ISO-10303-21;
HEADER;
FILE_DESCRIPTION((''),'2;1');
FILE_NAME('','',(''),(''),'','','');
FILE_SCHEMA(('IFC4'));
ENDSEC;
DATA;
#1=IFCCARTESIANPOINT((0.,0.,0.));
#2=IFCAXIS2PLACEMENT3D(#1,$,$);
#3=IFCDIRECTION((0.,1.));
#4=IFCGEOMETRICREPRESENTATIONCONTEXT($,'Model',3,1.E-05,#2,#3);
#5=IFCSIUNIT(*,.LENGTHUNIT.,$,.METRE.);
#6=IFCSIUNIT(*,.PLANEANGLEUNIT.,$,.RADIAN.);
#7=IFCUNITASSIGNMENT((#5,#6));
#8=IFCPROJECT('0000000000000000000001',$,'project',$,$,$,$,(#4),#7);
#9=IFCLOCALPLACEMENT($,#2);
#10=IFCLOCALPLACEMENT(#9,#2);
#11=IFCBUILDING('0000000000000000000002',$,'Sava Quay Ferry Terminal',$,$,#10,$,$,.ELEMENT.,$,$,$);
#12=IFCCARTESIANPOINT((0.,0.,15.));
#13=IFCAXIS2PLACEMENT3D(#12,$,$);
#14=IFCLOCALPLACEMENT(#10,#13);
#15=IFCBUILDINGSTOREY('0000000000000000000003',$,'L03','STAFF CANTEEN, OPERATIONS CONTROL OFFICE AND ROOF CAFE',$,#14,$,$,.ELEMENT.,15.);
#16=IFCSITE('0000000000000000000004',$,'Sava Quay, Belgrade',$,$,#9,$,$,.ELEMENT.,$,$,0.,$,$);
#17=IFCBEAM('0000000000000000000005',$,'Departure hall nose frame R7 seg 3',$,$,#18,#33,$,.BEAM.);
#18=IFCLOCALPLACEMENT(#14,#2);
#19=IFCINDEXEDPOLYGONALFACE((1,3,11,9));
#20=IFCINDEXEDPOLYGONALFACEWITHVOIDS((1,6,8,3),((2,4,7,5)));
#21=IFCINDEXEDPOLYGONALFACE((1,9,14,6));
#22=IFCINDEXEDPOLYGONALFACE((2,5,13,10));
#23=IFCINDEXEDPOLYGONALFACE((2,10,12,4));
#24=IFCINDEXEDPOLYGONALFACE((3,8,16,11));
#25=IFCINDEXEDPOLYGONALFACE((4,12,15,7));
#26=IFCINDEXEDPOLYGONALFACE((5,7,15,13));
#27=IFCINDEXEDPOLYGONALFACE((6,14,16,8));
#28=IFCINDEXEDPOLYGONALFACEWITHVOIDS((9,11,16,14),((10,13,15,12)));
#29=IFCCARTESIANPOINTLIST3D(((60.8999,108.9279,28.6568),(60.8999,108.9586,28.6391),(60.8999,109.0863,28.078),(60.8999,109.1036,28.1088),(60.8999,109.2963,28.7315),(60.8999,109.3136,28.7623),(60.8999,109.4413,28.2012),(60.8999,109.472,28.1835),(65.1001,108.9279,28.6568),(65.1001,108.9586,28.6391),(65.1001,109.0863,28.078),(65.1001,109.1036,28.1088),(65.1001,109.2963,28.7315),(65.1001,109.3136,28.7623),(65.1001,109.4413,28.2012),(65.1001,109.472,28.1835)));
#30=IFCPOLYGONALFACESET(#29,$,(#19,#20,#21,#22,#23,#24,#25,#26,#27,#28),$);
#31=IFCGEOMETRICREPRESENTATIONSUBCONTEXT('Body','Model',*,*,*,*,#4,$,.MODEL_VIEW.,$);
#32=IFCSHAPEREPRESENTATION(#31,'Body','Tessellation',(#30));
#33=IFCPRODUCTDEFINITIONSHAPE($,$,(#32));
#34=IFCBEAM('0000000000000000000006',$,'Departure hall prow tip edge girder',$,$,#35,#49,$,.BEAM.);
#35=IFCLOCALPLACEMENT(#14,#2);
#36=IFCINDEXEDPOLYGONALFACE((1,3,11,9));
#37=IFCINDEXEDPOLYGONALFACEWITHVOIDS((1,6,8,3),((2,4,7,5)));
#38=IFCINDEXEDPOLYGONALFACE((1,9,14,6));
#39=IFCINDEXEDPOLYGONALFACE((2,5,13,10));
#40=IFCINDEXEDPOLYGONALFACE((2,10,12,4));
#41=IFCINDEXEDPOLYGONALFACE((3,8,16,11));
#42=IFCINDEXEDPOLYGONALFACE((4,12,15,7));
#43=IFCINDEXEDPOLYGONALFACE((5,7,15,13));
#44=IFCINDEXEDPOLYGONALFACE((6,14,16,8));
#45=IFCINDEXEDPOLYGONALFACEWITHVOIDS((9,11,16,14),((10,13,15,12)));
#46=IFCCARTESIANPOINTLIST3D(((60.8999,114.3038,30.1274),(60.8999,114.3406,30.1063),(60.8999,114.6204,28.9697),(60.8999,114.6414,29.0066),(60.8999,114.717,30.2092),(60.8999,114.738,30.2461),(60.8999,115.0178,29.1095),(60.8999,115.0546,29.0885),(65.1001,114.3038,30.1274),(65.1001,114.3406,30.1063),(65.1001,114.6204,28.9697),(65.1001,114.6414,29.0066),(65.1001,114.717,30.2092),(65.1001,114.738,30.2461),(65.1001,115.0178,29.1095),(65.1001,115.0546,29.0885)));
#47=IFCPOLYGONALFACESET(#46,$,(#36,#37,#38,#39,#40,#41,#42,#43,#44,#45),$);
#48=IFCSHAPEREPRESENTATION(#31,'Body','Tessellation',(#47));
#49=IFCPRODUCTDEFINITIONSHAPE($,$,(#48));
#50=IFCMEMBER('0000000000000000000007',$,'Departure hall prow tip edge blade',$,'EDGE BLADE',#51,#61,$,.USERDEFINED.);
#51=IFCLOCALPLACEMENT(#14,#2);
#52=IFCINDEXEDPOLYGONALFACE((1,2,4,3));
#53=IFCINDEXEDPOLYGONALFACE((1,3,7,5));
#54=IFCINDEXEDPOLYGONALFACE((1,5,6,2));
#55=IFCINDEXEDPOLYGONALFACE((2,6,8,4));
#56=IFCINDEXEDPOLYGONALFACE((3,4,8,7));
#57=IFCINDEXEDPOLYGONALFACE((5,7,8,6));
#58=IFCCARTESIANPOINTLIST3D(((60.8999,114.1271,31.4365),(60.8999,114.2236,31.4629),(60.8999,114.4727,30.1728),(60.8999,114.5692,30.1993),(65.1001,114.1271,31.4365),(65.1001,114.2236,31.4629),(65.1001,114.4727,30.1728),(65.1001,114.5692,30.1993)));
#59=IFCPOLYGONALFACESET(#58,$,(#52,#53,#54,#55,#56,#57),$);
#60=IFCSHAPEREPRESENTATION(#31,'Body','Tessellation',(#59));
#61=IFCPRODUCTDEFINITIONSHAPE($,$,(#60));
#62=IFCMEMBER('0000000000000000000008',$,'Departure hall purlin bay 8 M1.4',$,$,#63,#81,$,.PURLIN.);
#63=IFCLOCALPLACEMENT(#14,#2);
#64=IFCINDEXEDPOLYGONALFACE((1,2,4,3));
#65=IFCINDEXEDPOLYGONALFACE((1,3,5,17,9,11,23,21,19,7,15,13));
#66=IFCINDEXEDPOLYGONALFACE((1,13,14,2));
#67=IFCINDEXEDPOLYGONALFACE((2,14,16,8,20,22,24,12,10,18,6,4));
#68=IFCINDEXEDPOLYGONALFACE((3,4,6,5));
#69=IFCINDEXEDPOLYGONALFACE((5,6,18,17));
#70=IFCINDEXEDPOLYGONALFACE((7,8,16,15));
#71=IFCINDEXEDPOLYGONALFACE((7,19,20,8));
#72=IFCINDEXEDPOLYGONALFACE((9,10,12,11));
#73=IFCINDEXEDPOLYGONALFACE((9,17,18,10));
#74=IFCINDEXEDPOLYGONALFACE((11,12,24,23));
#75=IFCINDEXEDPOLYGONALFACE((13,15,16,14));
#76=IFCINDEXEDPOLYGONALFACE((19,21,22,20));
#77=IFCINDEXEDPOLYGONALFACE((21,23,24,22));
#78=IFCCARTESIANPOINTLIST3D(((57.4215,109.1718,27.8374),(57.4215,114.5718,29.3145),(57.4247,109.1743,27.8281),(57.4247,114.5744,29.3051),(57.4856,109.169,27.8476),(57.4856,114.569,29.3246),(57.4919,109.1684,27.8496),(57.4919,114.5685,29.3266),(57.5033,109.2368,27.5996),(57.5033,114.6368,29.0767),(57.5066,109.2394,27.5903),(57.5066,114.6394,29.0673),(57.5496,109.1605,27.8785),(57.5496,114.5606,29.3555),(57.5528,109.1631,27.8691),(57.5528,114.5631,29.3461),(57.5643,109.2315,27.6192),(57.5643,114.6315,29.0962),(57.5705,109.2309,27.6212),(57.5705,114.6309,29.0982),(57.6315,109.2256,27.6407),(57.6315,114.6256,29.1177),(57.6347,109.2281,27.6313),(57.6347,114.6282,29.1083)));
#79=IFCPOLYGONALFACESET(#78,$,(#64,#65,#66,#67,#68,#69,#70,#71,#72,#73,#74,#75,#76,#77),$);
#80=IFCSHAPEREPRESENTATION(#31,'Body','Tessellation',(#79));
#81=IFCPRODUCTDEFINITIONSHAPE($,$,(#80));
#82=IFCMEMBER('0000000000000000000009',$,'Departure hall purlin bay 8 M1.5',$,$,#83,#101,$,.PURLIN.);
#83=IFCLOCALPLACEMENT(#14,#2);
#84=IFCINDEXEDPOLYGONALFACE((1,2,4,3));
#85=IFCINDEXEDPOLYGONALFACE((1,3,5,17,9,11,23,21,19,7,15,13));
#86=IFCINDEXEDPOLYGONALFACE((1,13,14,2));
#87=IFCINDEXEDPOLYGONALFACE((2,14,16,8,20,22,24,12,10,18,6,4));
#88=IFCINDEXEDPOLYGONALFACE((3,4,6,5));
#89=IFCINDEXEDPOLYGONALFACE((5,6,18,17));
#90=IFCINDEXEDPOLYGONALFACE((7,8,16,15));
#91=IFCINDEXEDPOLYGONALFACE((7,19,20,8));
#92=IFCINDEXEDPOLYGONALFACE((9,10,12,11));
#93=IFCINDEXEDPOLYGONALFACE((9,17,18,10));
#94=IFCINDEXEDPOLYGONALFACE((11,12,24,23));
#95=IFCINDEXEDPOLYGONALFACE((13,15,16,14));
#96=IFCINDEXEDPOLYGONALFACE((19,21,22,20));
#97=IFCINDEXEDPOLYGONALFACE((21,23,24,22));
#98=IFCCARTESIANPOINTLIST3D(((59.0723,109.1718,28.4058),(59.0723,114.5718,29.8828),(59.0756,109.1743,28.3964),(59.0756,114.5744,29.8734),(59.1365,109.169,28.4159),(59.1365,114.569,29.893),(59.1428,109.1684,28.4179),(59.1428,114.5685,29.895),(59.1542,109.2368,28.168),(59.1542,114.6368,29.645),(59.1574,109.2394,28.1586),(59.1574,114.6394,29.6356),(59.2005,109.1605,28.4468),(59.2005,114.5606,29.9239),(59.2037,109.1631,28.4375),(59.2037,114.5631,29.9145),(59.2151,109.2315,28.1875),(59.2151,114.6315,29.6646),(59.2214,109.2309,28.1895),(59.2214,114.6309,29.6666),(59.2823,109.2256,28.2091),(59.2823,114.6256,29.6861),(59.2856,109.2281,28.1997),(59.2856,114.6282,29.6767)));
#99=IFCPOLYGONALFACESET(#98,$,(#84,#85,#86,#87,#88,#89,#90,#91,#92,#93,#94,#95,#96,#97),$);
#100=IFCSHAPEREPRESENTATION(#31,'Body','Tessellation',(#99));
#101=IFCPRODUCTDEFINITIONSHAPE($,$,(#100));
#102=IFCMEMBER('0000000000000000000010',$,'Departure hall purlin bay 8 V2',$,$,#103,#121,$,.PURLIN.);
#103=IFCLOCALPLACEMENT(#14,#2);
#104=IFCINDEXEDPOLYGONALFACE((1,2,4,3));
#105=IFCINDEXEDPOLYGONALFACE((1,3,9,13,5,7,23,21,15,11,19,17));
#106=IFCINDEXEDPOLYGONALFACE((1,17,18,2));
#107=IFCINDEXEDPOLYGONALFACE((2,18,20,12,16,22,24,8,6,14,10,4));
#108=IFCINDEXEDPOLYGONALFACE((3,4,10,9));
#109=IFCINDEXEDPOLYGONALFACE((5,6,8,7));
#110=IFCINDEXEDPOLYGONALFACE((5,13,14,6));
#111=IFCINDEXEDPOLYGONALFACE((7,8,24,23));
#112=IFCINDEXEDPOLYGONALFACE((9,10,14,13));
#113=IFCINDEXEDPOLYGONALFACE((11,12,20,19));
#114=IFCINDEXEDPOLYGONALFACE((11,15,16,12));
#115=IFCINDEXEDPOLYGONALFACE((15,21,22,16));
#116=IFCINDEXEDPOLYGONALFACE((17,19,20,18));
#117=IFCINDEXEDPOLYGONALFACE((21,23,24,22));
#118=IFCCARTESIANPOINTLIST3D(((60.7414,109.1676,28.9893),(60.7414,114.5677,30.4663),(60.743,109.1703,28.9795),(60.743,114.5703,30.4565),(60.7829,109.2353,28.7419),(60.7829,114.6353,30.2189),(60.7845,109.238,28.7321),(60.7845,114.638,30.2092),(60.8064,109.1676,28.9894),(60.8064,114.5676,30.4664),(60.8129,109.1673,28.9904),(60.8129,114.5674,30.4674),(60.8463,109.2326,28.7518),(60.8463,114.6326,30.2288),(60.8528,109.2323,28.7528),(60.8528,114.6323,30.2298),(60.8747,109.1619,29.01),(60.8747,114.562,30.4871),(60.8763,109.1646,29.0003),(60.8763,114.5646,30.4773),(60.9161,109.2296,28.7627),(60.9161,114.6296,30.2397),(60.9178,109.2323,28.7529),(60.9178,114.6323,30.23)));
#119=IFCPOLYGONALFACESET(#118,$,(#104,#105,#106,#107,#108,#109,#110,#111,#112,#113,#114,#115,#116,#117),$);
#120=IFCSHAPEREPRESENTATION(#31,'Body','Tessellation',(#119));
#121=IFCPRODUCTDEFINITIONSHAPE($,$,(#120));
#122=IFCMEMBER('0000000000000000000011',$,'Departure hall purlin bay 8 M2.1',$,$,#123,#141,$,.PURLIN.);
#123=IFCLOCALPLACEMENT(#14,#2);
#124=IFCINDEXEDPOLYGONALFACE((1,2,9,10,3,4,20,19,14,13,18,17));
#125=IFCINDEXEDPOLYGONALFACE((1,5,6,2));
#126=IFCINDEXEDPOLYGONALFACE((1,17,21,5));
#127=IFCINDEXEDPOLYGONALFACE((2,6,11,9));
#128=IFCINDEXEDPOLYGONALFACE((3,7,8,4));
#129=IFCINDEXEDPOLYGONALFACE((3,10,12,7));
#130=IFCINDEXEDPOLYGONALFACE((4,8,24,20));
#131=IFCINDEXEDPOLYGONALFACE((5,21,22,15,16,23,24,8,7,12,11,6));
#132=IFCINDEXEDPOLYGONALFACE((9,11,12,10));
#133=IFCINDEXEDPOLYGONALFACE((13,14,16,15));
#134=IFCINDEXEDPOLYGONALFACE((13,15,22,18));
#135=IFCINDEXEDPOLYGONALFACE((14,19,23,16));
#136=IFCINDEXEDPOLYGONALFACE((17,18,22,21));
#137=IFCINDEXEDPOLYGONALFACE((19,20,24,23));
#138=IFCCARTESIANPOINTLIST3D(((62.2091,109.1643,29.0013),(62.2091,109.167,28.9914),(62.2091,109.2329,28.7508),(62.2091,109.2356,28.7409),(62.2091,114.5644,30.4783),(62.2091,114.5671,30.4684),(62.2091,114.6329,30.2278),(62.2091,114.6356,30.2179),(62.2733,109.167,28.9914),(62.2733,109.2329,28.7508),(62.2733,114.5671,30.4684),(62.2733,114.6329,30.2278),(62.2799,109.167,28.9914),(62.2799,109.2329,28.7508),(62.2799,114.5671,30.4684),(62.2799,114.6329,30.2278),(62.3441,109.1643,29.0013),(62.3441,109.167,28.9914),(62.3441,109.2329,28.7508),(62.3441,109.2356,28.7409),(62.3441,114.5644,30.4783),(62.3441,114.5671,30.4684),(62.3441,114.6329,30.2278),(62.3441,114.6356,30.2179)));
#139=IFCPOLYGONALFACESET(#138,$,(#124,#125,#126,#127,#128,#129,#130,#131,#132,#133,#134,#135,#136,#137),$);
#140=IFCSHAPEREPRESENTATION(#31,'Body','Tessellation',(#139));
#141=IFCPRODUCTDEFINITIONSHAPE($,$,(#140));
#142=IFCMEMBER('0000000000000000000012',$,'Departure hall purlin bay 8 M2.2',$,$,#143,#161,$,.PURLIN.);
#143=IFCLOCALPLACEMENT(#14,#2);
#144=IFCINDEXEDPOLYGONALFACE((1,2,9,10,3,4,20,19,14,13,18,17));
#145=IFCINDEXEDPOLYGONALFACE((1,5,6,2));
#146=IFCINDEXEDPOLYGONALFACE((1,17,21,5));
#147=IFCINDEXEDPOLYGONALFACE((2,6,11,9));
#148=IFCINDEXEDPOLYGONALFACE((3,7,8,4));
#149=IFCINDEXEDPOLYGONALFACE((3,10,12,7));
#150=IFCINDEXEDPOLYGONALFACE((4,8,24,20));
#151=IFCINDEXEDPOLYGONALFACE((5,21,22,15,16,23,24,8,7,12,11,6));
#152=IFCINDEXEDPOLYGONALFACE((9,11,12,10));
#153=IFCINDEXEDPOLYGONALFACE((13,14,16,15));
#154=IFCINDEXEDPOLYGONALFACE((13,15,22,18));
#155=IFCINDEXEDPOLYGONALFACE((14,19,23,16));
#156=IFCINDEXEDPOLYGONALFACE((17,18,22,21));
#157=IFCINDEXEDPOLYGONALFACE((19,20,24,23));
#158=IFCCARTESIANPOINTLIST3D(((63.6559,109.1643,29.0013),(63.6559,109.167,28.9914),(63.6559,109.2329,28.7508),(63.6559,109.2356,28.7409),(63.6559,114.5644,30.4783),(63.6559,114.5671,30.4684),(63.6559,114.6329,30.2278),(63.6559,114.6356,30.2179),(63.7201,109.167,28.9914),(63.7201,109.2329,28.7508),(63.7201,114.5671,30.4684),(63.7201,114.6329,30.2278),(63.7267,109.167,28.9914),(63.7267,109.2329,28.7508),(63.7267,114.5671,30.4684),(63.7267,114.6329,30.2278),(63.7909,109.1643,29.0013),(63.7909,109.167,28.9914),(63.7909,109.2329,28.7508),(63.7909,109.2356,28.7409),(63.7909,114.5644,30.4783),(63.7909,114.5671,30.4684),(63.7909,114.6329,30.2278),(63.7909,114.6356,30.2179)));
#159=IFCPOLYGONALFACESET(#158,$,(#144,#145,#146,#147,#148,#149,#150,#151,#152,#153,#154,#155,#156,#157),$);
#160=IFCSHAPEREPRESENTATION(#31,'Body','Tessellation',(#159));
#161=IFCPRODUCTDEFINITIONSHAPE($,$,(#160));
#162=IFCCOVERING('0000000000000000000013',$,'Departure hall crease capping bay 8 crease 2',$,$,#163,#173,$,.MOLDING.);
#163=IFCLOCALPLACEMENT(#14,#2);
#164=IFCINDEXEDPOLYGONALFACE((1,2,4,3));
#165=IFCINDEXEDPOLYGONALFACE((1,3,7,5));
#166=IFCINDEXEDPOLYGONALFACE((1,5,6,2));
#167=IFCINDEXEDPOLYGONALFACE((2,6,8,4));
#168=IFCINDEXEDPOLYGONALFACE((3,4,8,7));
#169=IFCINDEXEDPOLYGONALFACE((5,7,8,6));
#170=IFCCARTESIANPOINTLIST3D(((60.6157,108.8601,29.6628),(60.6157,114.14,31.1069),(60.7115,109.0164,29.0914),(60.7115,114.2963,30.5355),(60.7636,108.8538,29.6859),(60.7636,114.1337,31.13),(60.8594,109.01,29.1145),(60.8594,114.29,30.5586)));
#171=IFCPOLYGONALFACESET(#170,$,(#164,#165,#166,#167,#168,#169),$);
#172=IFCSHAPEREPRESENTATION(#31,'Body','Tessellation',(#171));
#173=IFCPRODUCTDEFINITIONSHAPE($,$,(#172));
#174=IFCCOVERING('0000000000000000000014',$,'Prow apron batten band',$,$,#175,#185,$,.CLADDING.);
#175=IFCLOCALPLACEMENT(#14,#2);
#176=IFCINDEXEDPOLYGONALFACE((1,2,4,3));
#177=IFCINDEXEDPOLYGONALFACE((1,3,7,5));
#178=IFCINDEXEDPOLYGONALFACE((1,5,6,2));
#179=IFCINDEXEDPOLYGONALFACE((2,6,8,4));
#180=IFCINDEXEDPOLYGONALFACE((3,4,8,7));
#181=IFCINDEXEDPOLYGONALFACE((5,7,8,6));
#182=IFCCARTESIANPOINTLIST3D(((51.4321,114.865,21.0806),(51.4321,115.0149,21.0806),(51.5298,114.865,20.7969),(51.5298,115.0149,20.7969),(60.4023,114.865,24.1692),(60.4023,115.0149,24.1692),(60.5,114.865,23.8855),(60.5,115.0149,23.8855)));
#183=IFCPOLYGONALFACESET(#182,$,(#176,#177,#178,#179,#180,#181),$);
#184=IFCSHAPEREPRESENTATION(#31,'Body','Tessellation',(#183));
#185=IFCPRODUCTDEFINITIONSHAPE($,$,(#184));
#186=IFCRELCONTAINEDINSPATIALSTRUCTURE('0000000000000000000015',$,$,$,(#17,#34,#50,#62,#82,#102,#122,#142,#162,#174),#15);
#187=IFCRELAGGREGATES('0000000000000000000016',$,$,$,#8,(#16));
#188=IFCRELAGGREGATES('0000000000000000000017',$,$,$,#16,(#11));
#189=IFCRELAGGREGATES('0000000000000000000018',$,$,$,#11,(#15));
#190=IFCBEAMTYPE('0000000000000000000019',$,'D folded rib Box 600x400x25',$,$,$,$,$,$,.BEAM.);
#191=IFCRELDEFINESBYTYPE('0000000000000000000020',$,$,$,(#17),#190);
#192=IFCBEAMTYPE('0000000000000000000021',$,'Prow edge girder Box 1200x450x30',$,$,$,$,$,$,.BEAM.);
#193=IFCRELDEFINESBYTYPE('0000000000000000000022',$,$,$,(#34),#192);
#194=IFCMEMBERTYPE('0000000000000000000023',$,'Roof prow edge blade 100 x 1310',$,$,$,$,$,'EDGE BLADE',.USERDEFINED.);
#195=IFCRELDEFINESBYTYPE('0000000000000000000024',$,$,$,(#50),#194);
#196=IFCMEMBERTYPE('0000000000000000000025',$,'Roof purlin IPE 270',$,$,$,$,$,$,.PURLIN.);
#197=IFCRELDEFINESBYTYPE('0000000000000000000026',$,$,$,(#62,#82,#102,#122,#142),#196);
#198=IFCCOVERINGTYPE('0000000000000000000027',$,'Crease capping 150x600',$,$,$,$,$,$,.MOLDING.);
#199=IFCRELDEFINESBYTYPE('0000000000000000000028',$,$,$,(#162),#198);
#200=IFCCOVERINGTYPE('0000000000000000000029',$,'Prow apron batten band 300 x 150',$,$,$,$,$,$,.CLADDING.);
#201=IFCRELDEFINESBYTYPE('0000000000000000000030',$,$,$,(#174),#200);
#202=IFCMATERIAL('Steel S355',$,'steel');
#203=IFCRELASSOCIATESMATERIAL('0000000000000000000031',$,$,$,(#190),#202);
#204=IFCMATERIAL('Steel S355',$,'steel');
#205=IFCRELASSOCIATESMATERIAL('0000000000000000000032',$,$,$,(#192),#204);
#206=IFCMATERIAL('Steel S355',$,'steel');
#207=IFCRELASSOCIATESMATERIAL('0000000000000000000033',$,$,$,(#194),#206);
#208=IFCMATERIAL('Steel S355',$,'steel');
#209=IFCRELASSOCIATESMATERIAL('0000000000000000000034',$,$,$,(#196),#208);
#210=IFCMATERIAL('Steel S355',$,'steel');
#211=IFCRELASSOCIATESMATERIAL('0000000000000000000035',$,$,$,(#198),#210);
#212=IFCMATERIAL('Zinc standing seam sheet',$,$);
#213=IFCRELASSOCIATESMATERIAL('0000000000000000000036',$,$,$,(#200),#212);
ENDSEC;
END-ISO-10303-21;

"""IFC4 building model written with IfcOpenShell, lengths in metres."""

from ifc_helpers import new_model, si_unit, direction, frame, origin, origin_2d, place, context, subcontext, project, spatial, polyline, rectangle, i_section, outline, extrude, material, material_profile, profile_set, type_object, element, save


model = new_model("IFC4")

# Units and contexts
model_context = context("Model", 3, precision=1e-05, world=origin(), true_north=direction((0.0, 1.0)))
body_context = subcontext(model_context, "Body", "Model", "MODEL_VIEW")
ifc_project = project(units=[si_unit("LENGTHUNIT", "METRE"), si_unit("PLANEANGLEUNIT", "RADIAN")], contexts=[model_context])

# Site, building, storey
site_placement = place(None, origin())
site = spatial("IfcSite", under=ifc_project, at=site_placement, Name="Sava Quay, Belgrade", CompositionType="ELEMENT", RefElevation=0.0)
building_placement = place(site_placement, origin())
building = spatial("IfcBuilding", under=site, at=building_placement, Name="Sava Quay Ferry Terminal", CompositionType="ELEMENT")
storey_placement = place(building_placement, frame((0.0, 0.0, 15.0)))
storey = spatial("IfcBuildingStorey", under=building, at=storey_placement, Name="L03", Description="STAFF CANTEEN, OPERATIONS CONTROL OFFICE AND ROOF CAFE", CompositionType="ELEMENT", Elevation=15.0)

# Beams
ifc_material_1 = material(Name="Steel S355", Category="steel")
ifc_material_profile_1 = material_profile(ifc_material_1, outline(polyline([(-0.2, -0.3), (0.2, -0.3), (0.2, 0.3), (-0.2, 0.3), (-0.2, -0.3)]), holes=[polyline([(-0.175, -0.2749), (-0.175, 0.2749), (0.175, 0.2749), (0.175, -0.2749), (-0.175, -0.2749)])]), Name="Box 600x400x25 built-up")
ifc_profile_set_1 = profile_set([ifc_material_profile_1], Name="Steel S355")
beam_type_1 = type_object("IfcBeamType", Name="D folded rib Box 600x400x25", PredefinedType="BEAM", material=ifc_profile_set_1)
beam_1_placement = place(storey_placement, frame((60.8999, 109.2, 28.4202), z_axis=(1.0, 0.0, 0.0), x_axis=(0.0, 0.964563, 0.263851)))
element("IfcBeam", 1, at=beam_1_placement, inside=storey, type_object=beam_type_1, Name="Departure hall nose frame R7 seg 3", PredefinedType="BEAM", context=body_context, shape_type="SweptSolid", body=[
    extrude(outline(polyline([(-0.2, -0.3), (0.2, -0.3), (0.2, 0.3), (-0.2, 0.3), (-0.2, -0.3)]), holes=[polyline([(-0.175, -0.2749), (-0.175, 0.2749), (0.175, 0.2749), (0.175, -0.2749), (-0.175, -0.2749)])]), origin(), (0.0, 0.0, 1.0), 4.2002),
])
ifc_material_2 = material(Name="Steel S355", Category="steel")
ifc_material_profile_2 = material_profile(ifc_material_2, outline(polyline([(-0.2251, -0.6001), (0.2251, -0.6001), (0.2251, 0.6001), (-0.2251, 0.6001), (-0.2251, -0.6001)]), holes=[polyline([(-0.1951, -0.5701), (-0.1951, 0.5701), (0.1951, 0.5701), (0.1951, -0.5701), (-0.1951, -0.5701)])]), Name="Box 1200x450x30 built-up")
ifc_profile_set_2 = profile_set([ifc_material_profile_2], Name="Steel S355")
beam_type_2 = type_object("IfcBeamType", Name="Prow edge girder Box 1200x450x30", PredefinedType="BEAM", material=ifc_profile_set_2)
beam_2_placement = place(storey_placement, frame((60.8999, 114.6792, 29.6079), z_axis=(1.0, 0.0, 0.0), x_axis=(0.0, 0.96457, 0.263828)))
element("IfcBeam", 2, at=beam_2_placement, inside=storey, type_object=beam_type_2, Name="Departure hall prow tip edge girder", PredefinedType="BEAM", context=body_context, shape_type="SweptSolid", body=[
    extrude(outline(polyline([(-0.2251, -0.6001), (0.2251, -0.6001), (0.2251, 0.6001), (-0.2251, 0.6001), (-0.2251, -0.6001)]), holes=[polyline([(-0.1951, -0.5701), (-0.1951, 0.5701), (0.1951, 0.5701), (0.1951, -0.5701), (-0.1951, -0.5701)])]), origin(), (0.0, 0.0, 1.0), 4.2002),
])

# Members
ifc_material_3 = material(Name="Steel S355", Category="steel")
ifc_material_profile_3 = material_profile(ifc_material_3, rectangle(XDim=0.1001, YDim=1.3101, at=origin_2d()), Name="Blade 100 x 1310")
ifc_profile_set_3 = profile_set([ifc_material_profile_3], Name="Steel S355")
member_type_1 = type_object("IfcMemberType", Name="Roof prow edge blade 100 x 1310", ElementType="EDGE BLADE", PredefinedType="USERDEFINED", material=ifc_profile_set_3)
member_placement = place(storey_placement, frame((60.8999, 114.3481, 30.8179), z_axis=(1.0, 0.0, 0.0), x_axis=(0.0, 0.96457, 0.263828)))
element("IfcMember", 3, at=member_placement, inside=storey, type_object=member_type_1, Name="Departure hall prow tip edge blade", ObjectType="EDGE BLADE", PredefinedType="USERDEFINED", context=body_context, shape_type="SweptSolid", body=[
    extrude(rectangle(XDim=0.1001, YDim=1.3101, at=origin_2d()), origin(), (0.0, 0.0, 1.0), 4.2002),
])
ifc_material_4 = material(Name="Steel S355", Category="steel")
ifc_material_profile_4 = material_profile(ifc_material_4, i_section(OverallWidth=0.135, OverallDepth=0.27, WebThickness=0.0066, FlangeThickness=0.0103, at=origin_2d()), Name="IPE 270")
ifc_profile_set_4 = profile_set([ifc_material_profile_4], Name="Steel S355")
member_type_2 = type_object("IfcMemberType", Name="Roof purlin IPE 270", PredefinedType="PURLIN", material=ifc_profile_set_4)
for number, where, z_axis, x_axis, name in (
    (4, (57.5281, 109.2, 27.7344), (0.0, 0.964569, 0.263829), (-0.949026, 0.083159, -0.30403), "Departure hall purlin bay 8 M1.4"),
    (5, (59.179, 109.2, 28.3027), (0.0, 0.964569, 0.263829), (-0.949026, 0.083159, -0.30403), "Departure hall purlin bay 8 M1.5"),
    (6, (60.8296, 109.2, 28.8711), (0.0, 0.964569, 0.263829), (-0.987174, 0.04212, -0.15399), "Departure hall purlin bay 8 V2"),
    (7, (62.2766, 109.2, 28.8711), (0.0, 0.964569, 0.263829), (-1.0, 0.0, 0.0), "Departure hall purlin bay 8 M2.1"),
    (8, (63.7234, 109.2, 28.8711), (0.0, 0.964569, 0.263829), (-1.0, 0.0, 0.0), "Departure hall purlin bay 8 M2.2"),
):
    element("IfcMember", number, at=place(storey_placement, frame(where, z_axis=z_axis, x_axis=x_axis)), inside=storey, type_object=member_type_2, Name=name, PredefinedType="PURLIN", context=body_context, shape_type="SweptSolid", body=[
        extrude(i_section(OverallWidth=0.135, OverallDepth=0.27, WebThickness=0.0066, FlangeThickness=0.0103, at=origin_2d()), origin(), (0.0, 0.0, 1.0), 5.5984),
    ])

# Coverings
ifc_material_5 = material(Name="Steel S355", Category="steel")
ifc_material_profile_5 = material_profile(ifc_material_5, rectangle(XDim=0.1499, YDim=0.6001, at=origin_2d()), Name="Cap 150 x 600")
ifc_profile_set_5 = profile_set([ifc_material_profile_5], Name="Steel S355")
covering_type_1 = type_object("IfcCoveringType", Name="Crease capping 150x600", PredefinedType="MOLDING", material=ifc_profile_set_5)
covering_1_placement = place(storey_placement, frame((60.7375, 108.9351, 29.3887), z_axis=(0.0, 0.964574, 0.263812), x_axis=(-0.987174, 0.042117, -0.153991)))
element("IfcCovering", 9, at=covering_1_placement, inside=storey, type_object=covering_type_1, Name="Departure hall crease capping bay 8 crease 2", PredefinedType="MOLDING", context=body_context, shape_type="SweptSolid", body=[
    extrude(rectangle(XDim=0.1499, YDim=0.6001, at=origin_2d()), origin(), (0.0, 0.0, 1.0), 5.4739),
])
ifc_material_6 = material(Name="Zinc standing seam sheet")
ifc_material_profile_6 = material_profile(ifc_material_6, rectangle(XDim=0.3, YDim=0.1499, at=origin_2d()), Name="Strip 300 x 150")
ifc_profile_set_6 = profile_set([ifc_material_profile_6], Name="Zinc standing seam sheet")
covering_type_2 = type_object("IfcCoveringType", Name="Prow apron batten band 300 x 150", PredefinedType="CLADDING", material=ifc_profile_set_6)
covering_2_placement = place(storey_placement, frame((60.4512, 114.9399, 24.0273), z_axis=(-0.945521, 0.0, -0.325562), x_axis=(-0.325562, 0.0, 0.945521)))
element("IfcCovering", 10, at=covering_2_placement, inside=storey, type_object=covering_type_2, Name="Prow apron batten band", PredefinedType="CLADDING", context=body_context, shape_type="SweptSolid", body=[
    extrude(rectangle(XDim=0.3, YDim=0.1499, at=origin_2d()), origin(), (0.0, 0.0, 1.0), 9.4871),
])

save(model, "model.ifc")
